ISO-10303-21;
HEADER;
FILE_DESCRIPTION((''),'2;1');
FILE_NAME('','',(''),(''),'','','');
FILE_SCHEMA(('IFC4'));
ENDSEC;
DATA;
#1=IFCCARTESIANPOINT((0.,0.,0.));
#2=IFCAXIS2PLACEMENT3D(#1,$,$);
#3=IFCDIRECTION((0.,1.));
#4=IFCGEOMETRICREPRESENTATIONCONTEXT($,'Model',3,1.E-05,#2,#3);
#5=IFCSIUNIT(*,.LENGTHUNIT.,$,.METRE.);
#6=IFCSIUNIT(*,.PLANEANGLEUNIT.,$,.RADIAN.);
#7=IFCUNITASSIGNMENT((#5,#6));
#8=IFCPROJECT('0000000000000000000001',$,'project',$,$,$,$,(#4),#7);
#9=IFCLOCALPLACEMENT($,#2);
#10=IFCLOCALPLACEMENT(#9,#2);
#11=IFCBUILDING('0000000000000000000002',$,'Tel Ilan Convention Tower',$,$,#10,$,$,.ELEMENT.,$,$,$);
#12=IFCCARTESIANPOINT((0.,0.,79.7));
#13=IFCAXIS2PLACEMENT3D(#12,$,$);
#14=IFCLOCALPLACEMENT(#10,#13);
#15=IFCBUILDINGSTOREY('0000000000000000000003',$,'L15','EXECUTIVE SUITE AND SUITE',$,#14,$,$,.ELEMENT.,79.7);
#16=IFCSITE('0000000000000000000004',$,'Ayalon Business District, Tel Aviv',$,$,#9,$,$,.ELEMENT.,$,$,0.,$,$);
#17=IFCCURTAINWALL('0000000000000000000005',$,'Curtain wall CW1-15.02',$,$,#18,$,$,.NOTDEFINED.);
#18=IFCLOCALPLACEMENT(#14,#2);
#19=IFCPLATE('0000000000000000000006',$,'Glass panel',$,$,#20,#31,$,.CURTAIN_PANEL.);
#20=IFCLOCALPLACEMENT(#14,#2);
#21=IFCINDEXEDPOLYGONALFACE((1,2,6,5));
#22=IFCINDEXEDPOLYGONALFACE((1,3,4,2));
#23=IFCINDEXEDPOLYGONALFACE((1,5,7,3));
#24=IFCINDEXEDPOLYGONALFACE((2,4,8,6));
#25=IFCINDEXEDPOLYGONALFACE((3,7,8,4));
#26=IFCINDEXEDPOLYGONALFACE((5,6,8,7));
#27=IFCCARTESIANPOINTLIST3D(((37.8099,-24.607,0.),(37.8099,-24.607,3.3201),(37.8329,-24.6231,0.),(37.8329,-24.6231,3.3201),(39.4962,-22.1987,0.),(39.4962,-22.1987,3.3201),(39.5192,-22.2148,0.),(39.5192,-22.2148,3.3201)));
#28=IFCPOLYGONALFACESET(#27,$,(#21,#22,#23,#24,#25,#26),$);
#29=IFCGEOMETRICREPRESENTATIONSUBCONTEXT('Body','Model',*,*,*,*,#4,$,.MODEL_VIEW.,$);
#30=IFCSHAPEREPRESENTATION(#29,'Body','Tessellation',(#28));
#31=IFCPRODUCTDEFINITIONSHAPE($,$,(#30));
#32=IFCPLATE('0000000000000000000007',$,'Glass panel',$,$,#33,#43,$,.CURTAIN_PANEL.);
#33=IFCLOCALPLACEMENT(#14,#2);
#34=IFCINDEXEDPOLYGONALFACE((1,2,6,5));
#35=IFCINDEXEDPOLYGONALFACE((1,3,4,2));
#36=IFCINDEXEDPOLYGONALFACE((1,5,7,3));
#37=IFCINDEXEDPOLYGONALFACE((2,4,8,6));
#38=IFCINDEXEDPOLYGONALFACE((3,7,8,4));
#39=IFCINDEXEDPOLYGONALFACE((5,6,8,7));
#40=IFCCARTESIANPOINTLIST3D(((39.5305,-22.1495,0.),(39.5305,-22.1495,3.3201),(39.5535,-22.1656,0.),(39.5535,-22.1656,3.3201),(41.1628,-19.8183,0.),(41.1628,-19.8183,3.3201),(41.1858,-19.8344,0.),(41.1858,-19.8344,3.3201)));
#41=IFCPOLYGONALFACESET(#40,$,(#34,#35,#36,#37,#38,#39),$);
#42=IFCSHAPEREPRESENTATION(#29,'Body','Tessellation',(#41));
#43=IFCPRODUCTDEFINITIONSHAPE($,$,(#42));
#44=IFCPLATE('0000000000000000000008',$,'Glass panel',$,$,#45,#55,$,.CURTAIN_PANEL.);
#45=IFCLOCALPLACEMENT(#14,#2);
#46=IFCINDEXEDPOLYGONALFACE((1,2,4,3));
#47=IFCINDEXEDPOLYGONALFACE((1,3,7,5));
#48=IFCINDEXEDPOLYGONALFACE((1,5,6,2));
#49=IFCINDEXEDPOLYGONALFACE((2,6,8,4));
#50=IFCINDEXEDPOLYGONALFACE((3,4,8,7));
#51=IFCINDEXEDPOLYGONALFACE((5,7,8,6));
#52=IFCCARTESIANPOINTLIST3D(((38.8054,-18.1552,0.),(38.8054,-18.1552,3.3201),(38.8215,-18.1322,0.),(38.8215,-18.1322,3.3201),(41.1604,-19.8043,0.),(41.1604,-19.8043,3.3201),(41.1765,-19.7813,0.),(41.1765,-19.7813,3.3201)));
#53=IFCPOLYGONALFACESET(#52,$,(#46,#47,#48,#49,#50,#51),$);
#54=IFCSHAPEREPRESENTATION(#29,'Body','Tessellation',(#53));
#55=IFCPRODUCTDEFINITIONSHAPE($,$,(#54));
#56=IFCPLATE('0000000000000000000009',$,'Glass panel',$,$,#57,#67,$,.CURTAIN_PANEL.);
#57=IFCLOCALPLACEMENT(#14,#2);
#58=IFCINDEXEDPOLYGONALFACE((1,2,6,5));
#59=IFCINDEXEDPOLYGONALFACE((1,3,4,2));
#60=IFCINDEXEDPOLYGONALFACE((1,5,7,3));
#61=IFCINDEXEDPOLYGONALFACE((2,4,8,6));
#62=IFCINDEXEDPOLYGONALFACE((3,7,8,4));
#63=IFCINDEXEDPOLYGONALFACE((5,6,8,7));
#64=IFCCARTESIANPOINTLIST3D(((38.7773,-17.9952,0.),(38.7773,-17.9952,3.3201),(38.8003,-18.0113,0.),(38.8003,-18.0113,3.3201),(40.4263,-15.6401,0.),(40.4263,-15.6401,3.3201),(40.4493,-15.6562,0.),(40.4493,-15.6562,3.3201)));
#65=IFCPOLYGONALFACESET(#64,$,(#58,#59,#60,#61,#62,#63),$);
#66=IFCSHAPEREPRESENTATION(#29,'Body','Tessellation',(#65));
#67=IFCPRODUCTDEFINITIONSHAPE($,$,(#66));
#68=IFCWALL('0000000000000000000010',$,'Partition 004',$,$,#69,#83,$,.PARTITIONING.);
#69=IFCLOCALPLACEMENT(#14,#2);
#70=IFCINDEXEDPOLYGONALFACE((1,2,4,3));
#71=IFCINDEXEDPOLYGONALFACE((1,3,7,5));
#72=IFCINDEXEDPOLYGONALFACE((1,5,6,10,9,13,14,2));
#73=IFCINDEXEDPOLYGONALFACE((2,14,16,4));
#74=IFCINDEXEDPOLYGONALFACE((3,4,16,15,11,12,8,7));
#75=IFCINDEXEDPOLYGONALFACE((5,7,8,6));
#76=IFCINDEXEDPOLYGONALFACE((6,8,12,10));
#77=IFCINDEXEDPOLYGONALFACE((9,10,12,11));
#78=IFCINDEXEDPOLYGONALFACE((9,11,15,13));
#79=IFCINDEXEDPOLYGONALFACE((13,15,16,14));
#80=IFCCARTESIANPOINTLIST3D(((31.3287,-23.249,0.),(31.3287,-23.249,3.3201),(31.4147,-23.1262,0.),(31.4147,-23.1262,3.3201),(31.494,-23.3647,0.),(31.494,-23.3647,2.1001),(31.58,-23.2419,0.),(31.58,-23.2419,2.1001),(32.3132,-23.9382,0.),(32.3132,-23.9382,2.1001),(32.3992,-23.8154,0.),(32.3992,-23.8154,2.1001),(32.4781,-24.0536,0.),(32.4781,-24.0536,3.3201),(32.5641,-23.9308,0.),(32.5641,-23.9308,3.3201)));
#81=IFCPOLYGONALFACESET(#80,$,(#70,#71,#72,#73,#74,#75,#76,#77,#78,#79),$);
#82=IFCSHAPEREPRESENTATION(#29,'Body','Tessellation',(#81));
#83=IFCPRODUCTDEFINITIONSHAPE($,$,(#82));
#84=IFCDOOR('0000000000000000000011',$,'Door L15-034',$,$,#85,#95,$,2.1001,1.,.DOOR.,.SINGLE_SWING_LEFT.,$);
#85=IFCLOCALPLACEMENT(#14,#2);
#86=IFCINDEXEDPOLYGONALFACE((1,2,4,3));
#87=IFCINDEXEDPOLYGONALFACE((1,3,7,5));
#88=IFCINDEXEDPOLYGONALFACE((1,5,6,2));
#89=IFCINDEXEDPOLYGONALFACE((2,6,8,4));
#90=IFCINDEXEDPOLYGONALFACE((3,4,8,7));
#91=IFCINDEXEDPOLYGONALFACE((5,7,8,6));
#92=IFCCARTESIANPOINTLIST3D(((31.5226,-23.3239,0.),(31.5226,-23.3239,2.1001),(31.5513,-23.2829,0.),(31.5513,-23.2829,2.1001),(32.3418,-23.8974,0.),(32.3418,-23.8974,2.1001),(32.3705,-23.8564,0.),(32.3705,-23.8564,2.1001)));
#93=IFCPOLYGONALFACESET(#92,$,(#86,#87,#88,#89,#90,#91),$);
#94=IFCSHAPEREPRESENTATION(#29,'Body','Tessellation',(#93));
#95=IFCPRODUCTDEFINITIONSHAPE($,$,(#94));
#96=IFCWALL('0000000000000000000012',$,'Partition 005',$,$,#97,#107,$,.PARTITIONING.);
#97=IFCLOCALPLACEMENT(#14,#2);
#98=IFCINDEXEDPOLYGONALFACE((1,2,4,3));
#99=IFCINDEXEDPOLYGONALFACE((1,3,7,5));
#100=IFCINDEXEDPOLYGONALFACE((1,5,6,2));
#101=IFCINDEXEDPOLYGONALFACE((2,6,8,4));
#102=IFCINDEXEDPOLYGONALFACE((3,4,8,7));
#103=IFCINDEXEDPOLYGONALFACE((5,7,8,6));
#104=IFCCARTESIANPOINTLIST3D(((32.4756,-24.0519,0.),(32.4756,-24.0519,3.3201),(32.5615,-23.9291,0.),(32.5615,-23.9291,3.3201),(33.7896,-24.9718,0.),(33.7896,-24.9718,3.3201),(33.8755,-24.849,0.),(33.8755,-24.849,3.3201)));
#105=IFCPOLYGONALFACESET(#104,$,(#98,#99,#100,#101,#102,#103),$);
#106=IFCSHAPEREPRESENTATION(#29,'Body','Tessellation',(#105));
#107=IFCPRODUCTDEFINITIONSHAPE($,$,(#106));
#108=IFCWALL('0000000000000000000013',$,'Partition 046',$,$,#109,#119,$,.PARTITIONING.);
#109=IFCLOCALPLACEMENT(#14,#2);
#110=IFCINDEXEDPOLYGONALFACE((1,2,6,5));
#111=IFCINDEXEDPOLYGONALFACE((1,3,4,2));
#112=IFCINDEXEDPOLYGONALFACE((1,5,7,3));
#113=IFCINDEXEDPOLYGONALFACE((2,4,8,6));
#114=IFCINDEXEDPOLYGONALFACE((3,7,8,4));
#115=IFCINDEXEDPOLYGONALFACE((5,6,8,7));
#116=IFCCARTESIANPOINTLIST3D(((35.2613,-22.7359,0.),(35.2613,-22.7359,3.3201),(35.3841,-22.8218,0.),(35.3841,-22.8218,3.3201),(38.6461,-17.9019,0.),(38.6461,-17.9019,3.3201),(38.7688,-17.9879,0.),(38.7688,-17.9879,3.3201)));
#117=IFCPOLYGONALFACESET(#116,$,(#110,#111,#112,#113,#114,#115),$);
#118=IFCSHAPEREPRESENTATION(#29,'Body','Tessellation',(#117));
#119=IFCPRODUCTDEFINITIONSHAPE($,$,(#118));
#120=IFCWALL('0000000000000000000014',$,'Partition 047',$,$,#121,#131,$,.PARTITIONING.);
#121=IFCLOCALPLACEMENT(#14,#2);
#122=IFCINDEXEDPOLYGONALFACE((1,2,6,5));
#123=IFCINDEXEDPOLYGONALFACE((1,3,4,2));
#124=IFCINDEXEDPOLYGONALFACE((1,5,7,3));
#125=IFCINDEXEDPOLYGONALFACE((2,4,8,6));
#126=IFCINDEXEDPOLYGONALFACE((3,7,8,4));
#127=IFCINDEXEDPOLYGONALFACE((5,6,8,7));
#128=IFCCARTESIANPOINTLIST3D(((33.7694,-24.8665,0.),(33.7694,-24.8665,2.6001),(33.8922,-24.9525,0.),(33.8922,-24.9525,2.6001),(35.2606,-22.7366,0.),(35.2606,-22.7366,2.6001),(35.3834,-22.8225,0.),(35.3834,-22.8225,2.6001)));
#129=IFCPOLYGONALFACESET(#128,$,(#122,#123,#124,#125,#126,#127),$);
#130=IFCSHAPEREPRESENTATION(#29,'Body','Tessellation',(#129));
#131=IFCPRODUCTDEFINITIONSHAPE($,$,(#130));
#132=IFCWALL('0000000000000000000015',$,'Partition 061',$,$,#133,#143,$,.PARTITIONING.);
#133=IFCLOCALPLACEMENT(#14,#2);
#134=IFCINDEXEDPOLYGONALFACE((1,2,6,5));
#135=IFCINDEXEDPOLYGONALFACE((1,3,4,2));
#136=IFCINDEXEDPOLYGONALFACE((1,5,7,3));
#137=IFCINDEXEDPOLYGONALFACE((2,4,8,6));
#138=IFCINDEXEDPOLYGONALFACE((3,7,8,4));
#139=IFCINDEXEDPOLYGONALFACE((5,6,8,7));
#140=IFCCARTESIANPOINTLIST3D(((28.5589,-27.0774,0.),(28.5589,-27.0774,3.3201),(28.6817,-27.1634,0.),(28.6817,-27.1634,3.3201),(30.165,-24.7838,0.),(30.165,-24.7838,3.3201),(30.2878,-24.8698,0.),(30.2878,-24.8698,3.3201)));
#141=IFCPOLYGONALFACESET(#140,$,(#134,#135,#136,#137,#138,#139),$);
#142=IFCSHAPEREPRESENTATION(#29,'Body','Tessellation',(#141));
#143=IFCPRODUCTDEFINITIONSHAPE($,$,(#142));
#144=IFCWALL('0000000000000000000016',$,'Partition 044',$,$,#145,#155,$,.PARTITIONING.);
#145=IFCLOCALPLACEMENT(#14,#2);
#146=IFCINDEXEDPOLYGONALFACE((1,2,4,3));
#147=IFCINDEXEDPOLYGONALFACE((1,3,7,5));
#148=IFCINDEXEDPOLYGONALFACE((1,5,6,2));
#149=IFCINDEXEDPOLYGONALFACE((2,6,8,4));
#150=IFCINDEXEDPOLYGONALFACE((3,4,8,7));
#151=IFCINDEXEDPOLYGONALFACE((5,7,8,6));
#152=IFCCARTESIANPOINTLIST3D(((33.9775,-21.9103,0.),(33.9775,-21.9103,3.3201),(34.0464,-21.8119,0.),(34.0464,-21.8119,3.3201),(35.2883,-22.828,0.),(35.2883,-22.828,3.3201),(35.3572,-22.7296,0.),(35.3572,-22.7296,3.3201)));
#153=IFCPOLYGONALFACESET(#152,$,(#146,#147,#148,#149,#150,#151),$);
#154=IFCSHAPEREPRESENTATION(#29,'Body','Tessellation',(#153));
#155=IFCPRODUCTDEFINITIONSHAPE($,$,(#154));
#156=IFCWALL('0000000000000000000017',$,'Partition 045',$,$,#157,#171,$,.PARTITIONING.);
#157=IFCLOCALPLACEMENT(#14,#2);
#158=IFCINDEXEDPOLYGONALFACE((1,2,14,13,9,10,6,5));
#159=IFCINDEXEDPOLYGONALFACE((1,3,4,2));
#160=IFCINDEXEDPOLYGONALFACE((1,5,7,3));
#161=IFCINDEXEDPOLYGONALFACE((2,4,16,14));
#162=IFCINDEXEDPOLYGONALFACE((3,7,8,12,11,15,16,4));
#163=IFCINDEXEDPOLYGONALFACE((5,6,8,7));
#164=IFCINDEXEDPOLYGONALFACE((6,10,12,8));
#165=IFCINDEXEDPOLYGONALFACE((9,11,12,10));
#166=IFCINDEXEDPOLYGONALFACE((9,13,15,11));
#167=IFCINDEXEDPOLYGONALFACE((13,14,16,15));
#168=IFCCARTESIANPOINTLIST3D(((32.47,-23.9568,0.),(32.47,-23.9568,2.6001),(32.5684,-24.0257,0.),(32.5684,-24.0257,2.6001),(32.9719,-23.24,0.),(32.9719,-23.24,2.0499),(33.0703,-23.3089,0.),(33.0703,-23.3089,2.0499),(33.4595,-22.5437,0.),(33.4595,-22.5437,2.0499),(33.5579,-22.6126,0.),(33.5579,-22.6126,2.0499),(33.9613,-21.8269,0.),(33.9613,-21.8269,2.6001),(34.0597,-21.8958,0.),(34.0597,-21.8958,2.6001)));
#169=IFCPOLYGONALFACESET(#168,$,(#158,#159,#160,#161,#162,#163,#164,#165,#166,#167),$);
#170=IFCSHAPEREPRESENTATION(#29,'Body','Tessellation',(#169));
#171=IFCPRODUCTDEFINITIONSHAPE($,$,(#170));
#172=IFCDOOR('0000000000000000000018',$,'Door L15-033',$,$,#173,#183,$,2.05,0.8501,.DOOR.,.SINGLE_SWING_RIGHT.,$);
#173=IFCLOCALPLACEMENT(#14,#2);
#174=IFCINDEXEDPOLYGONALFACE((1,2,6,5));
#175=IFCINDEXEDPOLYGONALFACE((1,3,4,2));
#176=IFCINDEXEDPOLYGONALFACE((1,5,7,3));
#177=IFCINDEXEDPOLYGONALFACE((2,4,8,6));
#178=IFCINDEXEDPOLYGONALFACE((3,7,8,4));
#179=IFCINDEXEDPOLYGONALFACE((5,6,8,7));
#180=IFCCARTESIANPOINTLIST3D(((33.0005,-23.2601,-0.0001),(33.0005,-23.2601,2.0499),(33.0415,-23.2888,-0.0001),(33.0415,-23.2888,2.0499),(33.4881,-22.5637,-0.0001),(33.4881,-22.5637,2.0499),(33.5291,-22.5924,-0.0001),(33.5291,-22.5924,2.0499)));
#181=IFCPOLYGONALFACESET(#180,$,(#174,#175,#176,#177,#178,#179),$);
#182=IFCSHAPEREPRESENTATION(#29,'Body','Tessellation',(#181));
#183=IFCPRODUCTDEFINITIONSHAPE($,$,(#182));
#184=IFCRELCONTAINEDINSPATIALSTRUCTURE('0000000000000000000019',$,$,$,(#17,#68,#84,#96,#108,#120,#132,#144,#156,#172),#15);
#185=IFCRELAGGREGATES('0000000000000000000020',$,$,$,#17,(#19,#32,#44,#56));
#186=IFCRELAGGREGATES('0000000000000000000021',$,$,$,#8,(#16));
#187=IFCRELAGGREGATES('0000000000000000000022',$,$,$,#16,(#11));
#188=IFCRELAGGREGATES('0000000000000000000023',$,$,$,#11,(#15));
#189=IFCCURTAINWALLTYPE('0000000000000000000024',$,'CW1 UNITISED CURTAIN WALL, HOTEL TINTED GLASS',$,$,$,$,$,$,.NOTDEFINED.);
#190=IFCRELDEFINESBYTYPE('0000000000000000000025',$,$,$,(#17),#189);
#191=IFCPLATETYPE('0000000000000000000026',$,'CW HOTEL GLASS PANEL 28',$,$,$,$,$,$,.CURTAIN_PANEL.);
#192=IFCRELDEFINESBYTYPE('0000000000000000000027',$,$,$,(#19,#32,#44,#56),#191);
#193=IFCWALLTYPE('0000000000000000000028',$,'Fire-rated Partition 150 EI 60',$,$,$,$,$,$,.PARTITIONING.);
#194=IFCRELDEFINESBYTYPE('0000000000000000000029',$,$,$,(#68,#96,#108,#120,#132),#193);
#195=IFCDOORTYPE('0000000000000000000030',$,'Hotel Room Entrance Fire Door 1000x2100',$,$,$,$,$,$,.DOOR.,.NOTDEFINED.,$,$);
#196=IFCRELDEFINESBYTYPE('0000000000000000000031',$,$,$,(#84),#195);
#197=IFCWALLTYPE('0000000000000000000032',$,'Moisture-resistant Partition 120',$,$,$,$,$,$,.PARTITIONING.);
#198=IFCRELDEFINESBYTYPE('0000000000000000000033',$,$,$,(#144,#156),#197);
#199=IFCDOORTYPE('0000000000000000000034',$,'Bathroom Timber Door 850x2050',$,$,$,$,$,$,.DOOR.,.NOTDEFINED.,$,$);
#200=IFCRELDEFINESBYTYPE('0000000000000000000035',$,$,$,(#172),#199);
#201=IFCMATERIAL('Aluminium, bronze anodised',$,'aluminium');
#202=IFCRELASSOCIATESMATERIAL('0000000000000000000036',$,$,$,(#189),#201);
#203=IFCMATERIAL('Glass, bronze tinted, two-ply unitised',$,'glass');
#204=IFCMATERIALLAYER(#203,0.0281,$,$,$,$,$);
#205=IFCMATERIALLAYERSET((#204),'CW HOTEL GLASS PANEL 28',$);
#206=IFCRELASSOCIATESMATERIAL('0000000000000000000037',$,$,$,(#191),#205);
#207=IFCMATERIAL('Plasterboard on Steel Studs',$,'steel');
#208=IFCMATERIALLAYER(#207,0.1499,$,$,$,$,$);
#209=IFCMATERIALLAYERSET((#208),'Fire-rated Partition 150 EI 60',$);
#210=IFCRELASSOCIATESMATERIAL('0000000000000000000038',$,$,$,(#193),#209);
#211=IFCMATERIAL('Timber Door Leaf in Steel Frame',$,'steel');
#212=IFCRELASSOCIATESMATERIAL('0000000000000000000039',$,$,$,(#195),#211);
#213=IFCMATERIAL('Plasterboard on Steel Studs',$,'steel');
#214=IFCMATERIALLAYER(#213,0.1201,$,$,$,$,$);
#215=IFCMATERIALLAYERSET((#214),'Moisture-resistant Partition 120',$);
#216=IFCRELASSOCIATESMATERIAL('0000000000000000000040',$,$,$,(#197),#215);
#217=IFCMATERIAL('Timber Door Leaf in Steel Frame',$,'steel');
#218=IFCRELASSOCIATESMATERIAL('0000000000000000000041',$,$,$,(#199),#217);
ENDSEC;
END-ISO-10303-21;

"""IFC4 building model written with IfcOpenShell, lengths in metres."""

from ifc_helpers import new_model, si_unit, direction, frame, frame_2d, origin, origin_2d, place, context, subcontext, project, spatial, rectangle, extrude, material, layer, layer_set, type_object, element, fill, aggregate, save


model = new_model("IFC4")

# Units and contexts
model_context = context("Model", 3, precision=1e-05, world=origin(), true_north=direction((0.0, 1.0)))
body_context = subcontext(model_context, "Body", "Model", "MODEL_VIEW")
ifc_project = project(units=[si_unit("LENGTHUNIT", "METRE"), si_unit("PLANEANGLEUNIT", "RADIAN")], contexts=[model_context])

# Site, building, storey
site_placement = place(None, origin())
site = spatial("IfcSite", under=ifc_project, at=site_placement, Name="Ayalon Business District, Tel Aviv", CompositionType="ELEMENT", RefElevation=0.0)
building_placement = place(site_placement, origin())
building = spatial("IfcBuilding", under=site, at=building_placement, Name="Tel Ilan Convention Tower", CompositionType="ELEMENT")
storey_placement = place(building_placement, frame((0.0, 0.0, 79.7)))
storey = spatial("IfcBuildingStorey", under=building, at=storey_placement, Name="L15", Description="EXECUTIVE SUITE AND SUITE", CompositionType="ELEMENT", Elevation=79.7)

# Curtain wall, plates
ifc_material_1 = material(Name="Aluminium, bronze anodised", Category="aluminium")
curtain_wall_type = type_object("IfcCurtainWallType", Name="CW1 UNITISED CURTAIN WALL, HOTEL TINTED GLASS", PredefinedType="NOTDEFINED", material=ifc_material_1)
curtain_wall_placement = place(storey_placement, origin())
curtain_wall = element("IfcCurtainWall", 1, at=curtain_wall_placement, inside=storey, type_object=curtain_wall_type, Name="Curtain wall CW1-15.02", PredefinedType="NOTDEFINED")
ifc_material_2 = material(Name="Glass, bronze tinted, two-ply unitised", Category="glass")
ifc_layer_1 = layer(ifc_material_2, 0.0281)
ifc_layer_set_1 = layer_set([ifc_layer_1], Name="CW HOTEL GLASS PANEL 28")
plate_type = type_object("IfcPlateType", Name="CW HOTEL GLASS PANEL 28", PredefinedType="CURTAIN_PANEL", material=ifc_layer_set_1)
plate_1_placement = place(storey_placement, frame((38.6646, -23.4109, 0.0), z_axis=(0.0, 0.0, 1.0), x_axis=(0.573576, 0.819152, 0.0)))
plate_1 = element("IfcPlate", 2, at=plate_1_placement, type_object=plate_type, Name="Glass panel", PredefinedType="CURTAIN_PANEL", context=body_context, shape_type="SweptSolid", body=[
    extrude(rectangle(XDim=2.9399, YDim=0.0281, at=origin_2d()), origin(), (0.0, 0.0, 1.0), 3.3201),
])
plate_2_placement = place(storey_placement, frame((40.3582, -20.9919, 0.0), z_axis=(0.0, 0.0, 1.0), x_axis=(0.573576, 0.819152, 0.0)))
plate_2 = element("IfcPlate", 3, at=plate_2_placement, type_object=plate_type, Name="Glass panel", PredefinedType="CURTAIN_PANEL", context=body_context, shape_type="SweptSolid", body=[
    extrude(rectangle(XDim=2.8459, YDim=0.0281, at=origin_2d()), origin(), (0.0, 0.0, 1.0), 3.3201),
])
plate_3_placement = place(storey_placement, frame((39.991, -18.9683, 0.0), z_axis=(0.0, 0.0, 1.0), x_axis=(-0.819152, 0.573576, 0.0)))
plate_3 = element("IfcPlate", 4, at=plate_3_placement, type_object=plate_type, Name="Glass panel", PredefinedType="CURTAIN_PANEL", context=body_context, shape_type="SweptSolid", body=[
    extrude(rectangle(XDim=2.875, YDim=0.0281, at=origin_2d()), origin(), (0.0, 0.0, 1.0), 3.3201),
])
plate_4_placement = place(storey_placement, frame((39.6133, -16.8257, 0.0), z_axis=(0.0, 0.0, 1.0), x_axis=(0.573576, 0.819152, 0.0)))
plate_4 = element("IfcPlate", 5, at=plate_4_placement, type_object=plate_type, Name="Glass panel", PredefinedType="CURTAIN_PANEL", context=body_context, shape_type="SweptSolid", body=[
    extrude(rectangle(XDim=2.875, YDim=0.0281, at=origin_2d()), origin(), (0.0, 0.0, 1.0), 3.3201),
])
aggregate(curtain_wall, [plate_1, plate_2, plate_3, plate_4])

# Wall, opening, door
ifc_material_3 = material(Name="Plasterboard on Steel Studs", Category="steel")
ifc_layer_2 = layer(ifc_material_3, 0.1499)
ifc_layer_set_2 = layer_set([ifc_layer_2], Name="Fire-rated Partition 150 EI 60")
wall_type_1 = type_object("IfcWallType", Name="Fire-rated Partition 150 EI 60", PredefinedType="PARTITIONING", material=ifc_layer_set_2)
wall_1_placement = place(storey_placement, frame((31.3716, -23.1875, 0.0), z_axis=(0.0, 0.0, 1.0), x_axis=(0.819199, -0.573509, 0.0)))
wall_1 = element("IfcWall", 6, at=wall_1_placement, inside=storey, type_object=wall_type_1, Name="Partition 004", PredefinedType="PARTITIONING", context=body_context, shape_type="SweptSolid", body=[
    extrude(rectangle(XDim=1.4031, YDim=0.1499, at=frame_2d((0.7017, 0.0))), origin(), (0.0, 0.0, 1.0), 3.3201),
])
opening_1_placement = place(wall_1_placement, frame((0.2019, 0.0, 0.0)))
opening_1 = element("IfcOpeningElement", 7, at=opening_1_placement, cuts=wall_1, PredefinedType="OPENING", context=body_context, shape_type="SweptSolid", body=[
    extrude(rectangle(XDim=1.0, YDim=2.1001, at=frame_2d((0.5, 1.05))), frame((0.0, 0.085, 0.0), z_axis=(0.0, -1.0, 0.0), x_axis=(1.0, 0.0, 0.0)), (0.0, 0.0, 1.0), 0.1699),
])
ifc_material_4 = material(Name="Timber Door Leaf in Steel Frame", Category="steel")
door_type_1 = type_object("IfcDoorType", Name="Hotel Room Entrance Fire Door 1000x2100", OperationType="NOTDEFINED", PredefinedType="DOOR", material=ifc_material_4)
door_1_placement = place(opening_1_placement, origin())
door_1 = element("IfcDoor", 8, at=door_1_placement, inside=storey, type_object=door_type_1, Name="Door L15-034", OperationType="SINGLE_SWING_LEFT", OverallHeight=2.1001, OverallWidth=1.0, PredefinedType="DOOR", context=body_context, shape_type="SweptSolid", body=[
    extrude(rectangle(XDim=1.0, YDim=2.1001, at=frame_2d((0.5, 1.05))), frame((0.0, 0.0249, 0.0), z_axis=(0.0, -1.0, 0.0), x_axis=(1.0, 0.0, 0.0)), (0.0, 0.0, 1.0), 0.05),
])
fill(opening_1, door_1)

# Walls
wall_2_placement = place(storey_placement, frame((32.5186, -23.9905, 0.0), z_axis=(0.0, 0.0, 1.0), x_axis=(0.819189, -0.573524, 0.0)))
element("IfcWall", 9, at=wall_2_placement, inside=storey, type_object=wall_type_1, Name="Partition 005", PredefinedType="PARTITIONING", context=body_context, shape_type="SweptSolid", body=[
    extrude(rectangle(XDim=1.604, YDim=0.1499, at=frame_2d((0.802, 0.0))), origin(), (0.0, 0.0, 1.0), 3.3201),
])
wall_3_placement = place(storey_placement, frame((38.7075, -17.9448, 0.0), z_axis=(0.0, 0.0, 1.0), x_axis=(-0.573573, -0.819154, 0.0)))
element("IfcWall", 10, at=wall_3_placement, inside=storey, type_object=wall_type_1, Name="Partition 046", PredefinedType="PARTITIONING", context=body_context, shape_type="SweptSolid", body=[
    extrude(rectangle(XDim=5.9011, YDim=0.1499, at=frame_2d((2.9507, 0.0))), origin(), (0.0, 0.0, 1.0), 3.3201),
])
wall_4_placement = place(storey_placement, frame((35.322, -22.7795, 0.0), z_axis=(0.0, 0.0, 1.0), x_axis=(-0.573538, -0.819179, 0.0)))
element("IfcWall", 11, at=wall_4_placement, inside=storey, type_object=wall_type_1, Name="Partition 047", PredefinedType="PARTITIONING", context=body_context, shape_type="SweptSolid", body=[
    extrude(rectangle(XDim=2.6001, YDim=0.1499, at=frame_2d((1.3, 0.0))), origin(), (0.0, 0.0, 1.0), 2.6001),
])
wall_5_placement = place(storey_placement, frame((30.2263, -24.8269, 0.0), z_axis=(0.0, 0.0, 1.0), x_axis=(-0.573609, -0.81913, 0.0)))
element("IfcWall", 12, at=wall_5_placement, inside=storey, type_object=wall_type_1, Name="Partition 061", PredefinedType="PARTITIONING", context=body_context, shape_type="SweptSolid", body=[
    extrude(rectangle(XDim=2.8, YDim=0.1499, at=frame_2d((1.3999, 0.0))), origin(), (0.0, 0.0, 1.0), 3.3201),
])
ifc_material_5 = material(Name="Plasterboard on Steel Studs", Category="steel")
ifc_layer_3 = layer(ifc_material_5, 0.1201)
ifc_layer_set_3 = layer_set([ifc_layer_3], Name="Moisture-resistant Partition 120")
wall_type_2 = type_object("IfcWallType", Name="Moisture-resistant Partition 120", PredefinedType="PARTITIONING", material=ifc_layer_set_3)
wall_6_placement = place(storey_placement, frame((35.3228, -22.7788, 0.0), z_axis=(0.0, 0.0, 1.0), x_axis=(-0.819182, 0.573534, 0.0)))
element("IfcWall", 13, at=wall_6_placement, inside=storey, type_object=wall_type_2, Name="Partition 044", PredefinedType="PARTITIONING", context=body_context, shape_type="SweptSolid", body=[
    extrude(rectangle(XDim=1.6001, YDim=0.1201, at=frame_2d((0.8, 0.0))), origin(), (0.0, 0.0, 1.0), 3.3201),
])

# Wall, opening, door
wall_7_placement = place(storey_placement, frame((34.0105, -21.8613, 0.0), z_axis=(0.0, 0.0, 1.0), x_axis=(-0.573538, -0.819179, 0.0)))
wall_7 = element("IfcWall", 14, at=wall_7_placement, inside=storey, type_object=wall_type_2, Name="Partition 045", PredefinedType="PARTITIONING", context=body_context, shape_type="SweptSolid", body=[
    extrude(rectangle(XDim=2.6001, YDim=0.1201, at=frame_2d((1.3, 0.0))), origin(), (0.0, 0.0, 1.0), 2.6001),
])
opening_2_placement = place(wall_7_placement, frame((0.875, 0.0, 0.0)))
opening_2 = element("IfcOpeningElement", 15, at=opening_2_placement, cuts=wall_7, PredefinedType="OPENING", context=body_context, shape_type="SweptSolid", body=[
    extrude(rectangle(XDim=0.8501, YDim=2.05, at=frame_2d((0.425, 1.0249))), frame((0.0, 0.0701, 0.0), z_axis=(0.0, -1.0, 0.0), x_axis=(1.0, 0.0, 0.0)), (0.0, 0.0, 1.0), 0.1401),
])
ifc_material_6 = material(Name="Timber Door Leaf in Steel Frame", Category="steel")
door_type_2 = type_object("IfcDoorType", Name="Bathroom Timber Door 850x2050", OperationType="NOTDEFINED", PredefinedType="DOOR", material=ifc_material_6)
door_2_placement = place(opening_2_placement, origin())
door_2 = element("IfcDoor", 16, at=door_2_placement, inside=storey, type_object=door_type_2, Name="Door L15-033", OperationType="SINGLE_SWING_RIGHT", OverallHeight=2.05, OverallWidth=0.8501, PredefinedType="DOOR", context=body_context, shape_type="SweptSolid", body=[
    extrude(rectangle(XDim=0.8501, YDim=2.05, at=frame_2d((0.425, 1.0249))), frame((0.0, 0.0249, 0.0), z_axis=(0.0, -1.0, 0.0), x_axis=(1.0, 0.0, 0.0)), (0.0, 0.0, 1.0), 0.05),
])
fill(opening_2, door_2)

save(model, "model.ifc")
